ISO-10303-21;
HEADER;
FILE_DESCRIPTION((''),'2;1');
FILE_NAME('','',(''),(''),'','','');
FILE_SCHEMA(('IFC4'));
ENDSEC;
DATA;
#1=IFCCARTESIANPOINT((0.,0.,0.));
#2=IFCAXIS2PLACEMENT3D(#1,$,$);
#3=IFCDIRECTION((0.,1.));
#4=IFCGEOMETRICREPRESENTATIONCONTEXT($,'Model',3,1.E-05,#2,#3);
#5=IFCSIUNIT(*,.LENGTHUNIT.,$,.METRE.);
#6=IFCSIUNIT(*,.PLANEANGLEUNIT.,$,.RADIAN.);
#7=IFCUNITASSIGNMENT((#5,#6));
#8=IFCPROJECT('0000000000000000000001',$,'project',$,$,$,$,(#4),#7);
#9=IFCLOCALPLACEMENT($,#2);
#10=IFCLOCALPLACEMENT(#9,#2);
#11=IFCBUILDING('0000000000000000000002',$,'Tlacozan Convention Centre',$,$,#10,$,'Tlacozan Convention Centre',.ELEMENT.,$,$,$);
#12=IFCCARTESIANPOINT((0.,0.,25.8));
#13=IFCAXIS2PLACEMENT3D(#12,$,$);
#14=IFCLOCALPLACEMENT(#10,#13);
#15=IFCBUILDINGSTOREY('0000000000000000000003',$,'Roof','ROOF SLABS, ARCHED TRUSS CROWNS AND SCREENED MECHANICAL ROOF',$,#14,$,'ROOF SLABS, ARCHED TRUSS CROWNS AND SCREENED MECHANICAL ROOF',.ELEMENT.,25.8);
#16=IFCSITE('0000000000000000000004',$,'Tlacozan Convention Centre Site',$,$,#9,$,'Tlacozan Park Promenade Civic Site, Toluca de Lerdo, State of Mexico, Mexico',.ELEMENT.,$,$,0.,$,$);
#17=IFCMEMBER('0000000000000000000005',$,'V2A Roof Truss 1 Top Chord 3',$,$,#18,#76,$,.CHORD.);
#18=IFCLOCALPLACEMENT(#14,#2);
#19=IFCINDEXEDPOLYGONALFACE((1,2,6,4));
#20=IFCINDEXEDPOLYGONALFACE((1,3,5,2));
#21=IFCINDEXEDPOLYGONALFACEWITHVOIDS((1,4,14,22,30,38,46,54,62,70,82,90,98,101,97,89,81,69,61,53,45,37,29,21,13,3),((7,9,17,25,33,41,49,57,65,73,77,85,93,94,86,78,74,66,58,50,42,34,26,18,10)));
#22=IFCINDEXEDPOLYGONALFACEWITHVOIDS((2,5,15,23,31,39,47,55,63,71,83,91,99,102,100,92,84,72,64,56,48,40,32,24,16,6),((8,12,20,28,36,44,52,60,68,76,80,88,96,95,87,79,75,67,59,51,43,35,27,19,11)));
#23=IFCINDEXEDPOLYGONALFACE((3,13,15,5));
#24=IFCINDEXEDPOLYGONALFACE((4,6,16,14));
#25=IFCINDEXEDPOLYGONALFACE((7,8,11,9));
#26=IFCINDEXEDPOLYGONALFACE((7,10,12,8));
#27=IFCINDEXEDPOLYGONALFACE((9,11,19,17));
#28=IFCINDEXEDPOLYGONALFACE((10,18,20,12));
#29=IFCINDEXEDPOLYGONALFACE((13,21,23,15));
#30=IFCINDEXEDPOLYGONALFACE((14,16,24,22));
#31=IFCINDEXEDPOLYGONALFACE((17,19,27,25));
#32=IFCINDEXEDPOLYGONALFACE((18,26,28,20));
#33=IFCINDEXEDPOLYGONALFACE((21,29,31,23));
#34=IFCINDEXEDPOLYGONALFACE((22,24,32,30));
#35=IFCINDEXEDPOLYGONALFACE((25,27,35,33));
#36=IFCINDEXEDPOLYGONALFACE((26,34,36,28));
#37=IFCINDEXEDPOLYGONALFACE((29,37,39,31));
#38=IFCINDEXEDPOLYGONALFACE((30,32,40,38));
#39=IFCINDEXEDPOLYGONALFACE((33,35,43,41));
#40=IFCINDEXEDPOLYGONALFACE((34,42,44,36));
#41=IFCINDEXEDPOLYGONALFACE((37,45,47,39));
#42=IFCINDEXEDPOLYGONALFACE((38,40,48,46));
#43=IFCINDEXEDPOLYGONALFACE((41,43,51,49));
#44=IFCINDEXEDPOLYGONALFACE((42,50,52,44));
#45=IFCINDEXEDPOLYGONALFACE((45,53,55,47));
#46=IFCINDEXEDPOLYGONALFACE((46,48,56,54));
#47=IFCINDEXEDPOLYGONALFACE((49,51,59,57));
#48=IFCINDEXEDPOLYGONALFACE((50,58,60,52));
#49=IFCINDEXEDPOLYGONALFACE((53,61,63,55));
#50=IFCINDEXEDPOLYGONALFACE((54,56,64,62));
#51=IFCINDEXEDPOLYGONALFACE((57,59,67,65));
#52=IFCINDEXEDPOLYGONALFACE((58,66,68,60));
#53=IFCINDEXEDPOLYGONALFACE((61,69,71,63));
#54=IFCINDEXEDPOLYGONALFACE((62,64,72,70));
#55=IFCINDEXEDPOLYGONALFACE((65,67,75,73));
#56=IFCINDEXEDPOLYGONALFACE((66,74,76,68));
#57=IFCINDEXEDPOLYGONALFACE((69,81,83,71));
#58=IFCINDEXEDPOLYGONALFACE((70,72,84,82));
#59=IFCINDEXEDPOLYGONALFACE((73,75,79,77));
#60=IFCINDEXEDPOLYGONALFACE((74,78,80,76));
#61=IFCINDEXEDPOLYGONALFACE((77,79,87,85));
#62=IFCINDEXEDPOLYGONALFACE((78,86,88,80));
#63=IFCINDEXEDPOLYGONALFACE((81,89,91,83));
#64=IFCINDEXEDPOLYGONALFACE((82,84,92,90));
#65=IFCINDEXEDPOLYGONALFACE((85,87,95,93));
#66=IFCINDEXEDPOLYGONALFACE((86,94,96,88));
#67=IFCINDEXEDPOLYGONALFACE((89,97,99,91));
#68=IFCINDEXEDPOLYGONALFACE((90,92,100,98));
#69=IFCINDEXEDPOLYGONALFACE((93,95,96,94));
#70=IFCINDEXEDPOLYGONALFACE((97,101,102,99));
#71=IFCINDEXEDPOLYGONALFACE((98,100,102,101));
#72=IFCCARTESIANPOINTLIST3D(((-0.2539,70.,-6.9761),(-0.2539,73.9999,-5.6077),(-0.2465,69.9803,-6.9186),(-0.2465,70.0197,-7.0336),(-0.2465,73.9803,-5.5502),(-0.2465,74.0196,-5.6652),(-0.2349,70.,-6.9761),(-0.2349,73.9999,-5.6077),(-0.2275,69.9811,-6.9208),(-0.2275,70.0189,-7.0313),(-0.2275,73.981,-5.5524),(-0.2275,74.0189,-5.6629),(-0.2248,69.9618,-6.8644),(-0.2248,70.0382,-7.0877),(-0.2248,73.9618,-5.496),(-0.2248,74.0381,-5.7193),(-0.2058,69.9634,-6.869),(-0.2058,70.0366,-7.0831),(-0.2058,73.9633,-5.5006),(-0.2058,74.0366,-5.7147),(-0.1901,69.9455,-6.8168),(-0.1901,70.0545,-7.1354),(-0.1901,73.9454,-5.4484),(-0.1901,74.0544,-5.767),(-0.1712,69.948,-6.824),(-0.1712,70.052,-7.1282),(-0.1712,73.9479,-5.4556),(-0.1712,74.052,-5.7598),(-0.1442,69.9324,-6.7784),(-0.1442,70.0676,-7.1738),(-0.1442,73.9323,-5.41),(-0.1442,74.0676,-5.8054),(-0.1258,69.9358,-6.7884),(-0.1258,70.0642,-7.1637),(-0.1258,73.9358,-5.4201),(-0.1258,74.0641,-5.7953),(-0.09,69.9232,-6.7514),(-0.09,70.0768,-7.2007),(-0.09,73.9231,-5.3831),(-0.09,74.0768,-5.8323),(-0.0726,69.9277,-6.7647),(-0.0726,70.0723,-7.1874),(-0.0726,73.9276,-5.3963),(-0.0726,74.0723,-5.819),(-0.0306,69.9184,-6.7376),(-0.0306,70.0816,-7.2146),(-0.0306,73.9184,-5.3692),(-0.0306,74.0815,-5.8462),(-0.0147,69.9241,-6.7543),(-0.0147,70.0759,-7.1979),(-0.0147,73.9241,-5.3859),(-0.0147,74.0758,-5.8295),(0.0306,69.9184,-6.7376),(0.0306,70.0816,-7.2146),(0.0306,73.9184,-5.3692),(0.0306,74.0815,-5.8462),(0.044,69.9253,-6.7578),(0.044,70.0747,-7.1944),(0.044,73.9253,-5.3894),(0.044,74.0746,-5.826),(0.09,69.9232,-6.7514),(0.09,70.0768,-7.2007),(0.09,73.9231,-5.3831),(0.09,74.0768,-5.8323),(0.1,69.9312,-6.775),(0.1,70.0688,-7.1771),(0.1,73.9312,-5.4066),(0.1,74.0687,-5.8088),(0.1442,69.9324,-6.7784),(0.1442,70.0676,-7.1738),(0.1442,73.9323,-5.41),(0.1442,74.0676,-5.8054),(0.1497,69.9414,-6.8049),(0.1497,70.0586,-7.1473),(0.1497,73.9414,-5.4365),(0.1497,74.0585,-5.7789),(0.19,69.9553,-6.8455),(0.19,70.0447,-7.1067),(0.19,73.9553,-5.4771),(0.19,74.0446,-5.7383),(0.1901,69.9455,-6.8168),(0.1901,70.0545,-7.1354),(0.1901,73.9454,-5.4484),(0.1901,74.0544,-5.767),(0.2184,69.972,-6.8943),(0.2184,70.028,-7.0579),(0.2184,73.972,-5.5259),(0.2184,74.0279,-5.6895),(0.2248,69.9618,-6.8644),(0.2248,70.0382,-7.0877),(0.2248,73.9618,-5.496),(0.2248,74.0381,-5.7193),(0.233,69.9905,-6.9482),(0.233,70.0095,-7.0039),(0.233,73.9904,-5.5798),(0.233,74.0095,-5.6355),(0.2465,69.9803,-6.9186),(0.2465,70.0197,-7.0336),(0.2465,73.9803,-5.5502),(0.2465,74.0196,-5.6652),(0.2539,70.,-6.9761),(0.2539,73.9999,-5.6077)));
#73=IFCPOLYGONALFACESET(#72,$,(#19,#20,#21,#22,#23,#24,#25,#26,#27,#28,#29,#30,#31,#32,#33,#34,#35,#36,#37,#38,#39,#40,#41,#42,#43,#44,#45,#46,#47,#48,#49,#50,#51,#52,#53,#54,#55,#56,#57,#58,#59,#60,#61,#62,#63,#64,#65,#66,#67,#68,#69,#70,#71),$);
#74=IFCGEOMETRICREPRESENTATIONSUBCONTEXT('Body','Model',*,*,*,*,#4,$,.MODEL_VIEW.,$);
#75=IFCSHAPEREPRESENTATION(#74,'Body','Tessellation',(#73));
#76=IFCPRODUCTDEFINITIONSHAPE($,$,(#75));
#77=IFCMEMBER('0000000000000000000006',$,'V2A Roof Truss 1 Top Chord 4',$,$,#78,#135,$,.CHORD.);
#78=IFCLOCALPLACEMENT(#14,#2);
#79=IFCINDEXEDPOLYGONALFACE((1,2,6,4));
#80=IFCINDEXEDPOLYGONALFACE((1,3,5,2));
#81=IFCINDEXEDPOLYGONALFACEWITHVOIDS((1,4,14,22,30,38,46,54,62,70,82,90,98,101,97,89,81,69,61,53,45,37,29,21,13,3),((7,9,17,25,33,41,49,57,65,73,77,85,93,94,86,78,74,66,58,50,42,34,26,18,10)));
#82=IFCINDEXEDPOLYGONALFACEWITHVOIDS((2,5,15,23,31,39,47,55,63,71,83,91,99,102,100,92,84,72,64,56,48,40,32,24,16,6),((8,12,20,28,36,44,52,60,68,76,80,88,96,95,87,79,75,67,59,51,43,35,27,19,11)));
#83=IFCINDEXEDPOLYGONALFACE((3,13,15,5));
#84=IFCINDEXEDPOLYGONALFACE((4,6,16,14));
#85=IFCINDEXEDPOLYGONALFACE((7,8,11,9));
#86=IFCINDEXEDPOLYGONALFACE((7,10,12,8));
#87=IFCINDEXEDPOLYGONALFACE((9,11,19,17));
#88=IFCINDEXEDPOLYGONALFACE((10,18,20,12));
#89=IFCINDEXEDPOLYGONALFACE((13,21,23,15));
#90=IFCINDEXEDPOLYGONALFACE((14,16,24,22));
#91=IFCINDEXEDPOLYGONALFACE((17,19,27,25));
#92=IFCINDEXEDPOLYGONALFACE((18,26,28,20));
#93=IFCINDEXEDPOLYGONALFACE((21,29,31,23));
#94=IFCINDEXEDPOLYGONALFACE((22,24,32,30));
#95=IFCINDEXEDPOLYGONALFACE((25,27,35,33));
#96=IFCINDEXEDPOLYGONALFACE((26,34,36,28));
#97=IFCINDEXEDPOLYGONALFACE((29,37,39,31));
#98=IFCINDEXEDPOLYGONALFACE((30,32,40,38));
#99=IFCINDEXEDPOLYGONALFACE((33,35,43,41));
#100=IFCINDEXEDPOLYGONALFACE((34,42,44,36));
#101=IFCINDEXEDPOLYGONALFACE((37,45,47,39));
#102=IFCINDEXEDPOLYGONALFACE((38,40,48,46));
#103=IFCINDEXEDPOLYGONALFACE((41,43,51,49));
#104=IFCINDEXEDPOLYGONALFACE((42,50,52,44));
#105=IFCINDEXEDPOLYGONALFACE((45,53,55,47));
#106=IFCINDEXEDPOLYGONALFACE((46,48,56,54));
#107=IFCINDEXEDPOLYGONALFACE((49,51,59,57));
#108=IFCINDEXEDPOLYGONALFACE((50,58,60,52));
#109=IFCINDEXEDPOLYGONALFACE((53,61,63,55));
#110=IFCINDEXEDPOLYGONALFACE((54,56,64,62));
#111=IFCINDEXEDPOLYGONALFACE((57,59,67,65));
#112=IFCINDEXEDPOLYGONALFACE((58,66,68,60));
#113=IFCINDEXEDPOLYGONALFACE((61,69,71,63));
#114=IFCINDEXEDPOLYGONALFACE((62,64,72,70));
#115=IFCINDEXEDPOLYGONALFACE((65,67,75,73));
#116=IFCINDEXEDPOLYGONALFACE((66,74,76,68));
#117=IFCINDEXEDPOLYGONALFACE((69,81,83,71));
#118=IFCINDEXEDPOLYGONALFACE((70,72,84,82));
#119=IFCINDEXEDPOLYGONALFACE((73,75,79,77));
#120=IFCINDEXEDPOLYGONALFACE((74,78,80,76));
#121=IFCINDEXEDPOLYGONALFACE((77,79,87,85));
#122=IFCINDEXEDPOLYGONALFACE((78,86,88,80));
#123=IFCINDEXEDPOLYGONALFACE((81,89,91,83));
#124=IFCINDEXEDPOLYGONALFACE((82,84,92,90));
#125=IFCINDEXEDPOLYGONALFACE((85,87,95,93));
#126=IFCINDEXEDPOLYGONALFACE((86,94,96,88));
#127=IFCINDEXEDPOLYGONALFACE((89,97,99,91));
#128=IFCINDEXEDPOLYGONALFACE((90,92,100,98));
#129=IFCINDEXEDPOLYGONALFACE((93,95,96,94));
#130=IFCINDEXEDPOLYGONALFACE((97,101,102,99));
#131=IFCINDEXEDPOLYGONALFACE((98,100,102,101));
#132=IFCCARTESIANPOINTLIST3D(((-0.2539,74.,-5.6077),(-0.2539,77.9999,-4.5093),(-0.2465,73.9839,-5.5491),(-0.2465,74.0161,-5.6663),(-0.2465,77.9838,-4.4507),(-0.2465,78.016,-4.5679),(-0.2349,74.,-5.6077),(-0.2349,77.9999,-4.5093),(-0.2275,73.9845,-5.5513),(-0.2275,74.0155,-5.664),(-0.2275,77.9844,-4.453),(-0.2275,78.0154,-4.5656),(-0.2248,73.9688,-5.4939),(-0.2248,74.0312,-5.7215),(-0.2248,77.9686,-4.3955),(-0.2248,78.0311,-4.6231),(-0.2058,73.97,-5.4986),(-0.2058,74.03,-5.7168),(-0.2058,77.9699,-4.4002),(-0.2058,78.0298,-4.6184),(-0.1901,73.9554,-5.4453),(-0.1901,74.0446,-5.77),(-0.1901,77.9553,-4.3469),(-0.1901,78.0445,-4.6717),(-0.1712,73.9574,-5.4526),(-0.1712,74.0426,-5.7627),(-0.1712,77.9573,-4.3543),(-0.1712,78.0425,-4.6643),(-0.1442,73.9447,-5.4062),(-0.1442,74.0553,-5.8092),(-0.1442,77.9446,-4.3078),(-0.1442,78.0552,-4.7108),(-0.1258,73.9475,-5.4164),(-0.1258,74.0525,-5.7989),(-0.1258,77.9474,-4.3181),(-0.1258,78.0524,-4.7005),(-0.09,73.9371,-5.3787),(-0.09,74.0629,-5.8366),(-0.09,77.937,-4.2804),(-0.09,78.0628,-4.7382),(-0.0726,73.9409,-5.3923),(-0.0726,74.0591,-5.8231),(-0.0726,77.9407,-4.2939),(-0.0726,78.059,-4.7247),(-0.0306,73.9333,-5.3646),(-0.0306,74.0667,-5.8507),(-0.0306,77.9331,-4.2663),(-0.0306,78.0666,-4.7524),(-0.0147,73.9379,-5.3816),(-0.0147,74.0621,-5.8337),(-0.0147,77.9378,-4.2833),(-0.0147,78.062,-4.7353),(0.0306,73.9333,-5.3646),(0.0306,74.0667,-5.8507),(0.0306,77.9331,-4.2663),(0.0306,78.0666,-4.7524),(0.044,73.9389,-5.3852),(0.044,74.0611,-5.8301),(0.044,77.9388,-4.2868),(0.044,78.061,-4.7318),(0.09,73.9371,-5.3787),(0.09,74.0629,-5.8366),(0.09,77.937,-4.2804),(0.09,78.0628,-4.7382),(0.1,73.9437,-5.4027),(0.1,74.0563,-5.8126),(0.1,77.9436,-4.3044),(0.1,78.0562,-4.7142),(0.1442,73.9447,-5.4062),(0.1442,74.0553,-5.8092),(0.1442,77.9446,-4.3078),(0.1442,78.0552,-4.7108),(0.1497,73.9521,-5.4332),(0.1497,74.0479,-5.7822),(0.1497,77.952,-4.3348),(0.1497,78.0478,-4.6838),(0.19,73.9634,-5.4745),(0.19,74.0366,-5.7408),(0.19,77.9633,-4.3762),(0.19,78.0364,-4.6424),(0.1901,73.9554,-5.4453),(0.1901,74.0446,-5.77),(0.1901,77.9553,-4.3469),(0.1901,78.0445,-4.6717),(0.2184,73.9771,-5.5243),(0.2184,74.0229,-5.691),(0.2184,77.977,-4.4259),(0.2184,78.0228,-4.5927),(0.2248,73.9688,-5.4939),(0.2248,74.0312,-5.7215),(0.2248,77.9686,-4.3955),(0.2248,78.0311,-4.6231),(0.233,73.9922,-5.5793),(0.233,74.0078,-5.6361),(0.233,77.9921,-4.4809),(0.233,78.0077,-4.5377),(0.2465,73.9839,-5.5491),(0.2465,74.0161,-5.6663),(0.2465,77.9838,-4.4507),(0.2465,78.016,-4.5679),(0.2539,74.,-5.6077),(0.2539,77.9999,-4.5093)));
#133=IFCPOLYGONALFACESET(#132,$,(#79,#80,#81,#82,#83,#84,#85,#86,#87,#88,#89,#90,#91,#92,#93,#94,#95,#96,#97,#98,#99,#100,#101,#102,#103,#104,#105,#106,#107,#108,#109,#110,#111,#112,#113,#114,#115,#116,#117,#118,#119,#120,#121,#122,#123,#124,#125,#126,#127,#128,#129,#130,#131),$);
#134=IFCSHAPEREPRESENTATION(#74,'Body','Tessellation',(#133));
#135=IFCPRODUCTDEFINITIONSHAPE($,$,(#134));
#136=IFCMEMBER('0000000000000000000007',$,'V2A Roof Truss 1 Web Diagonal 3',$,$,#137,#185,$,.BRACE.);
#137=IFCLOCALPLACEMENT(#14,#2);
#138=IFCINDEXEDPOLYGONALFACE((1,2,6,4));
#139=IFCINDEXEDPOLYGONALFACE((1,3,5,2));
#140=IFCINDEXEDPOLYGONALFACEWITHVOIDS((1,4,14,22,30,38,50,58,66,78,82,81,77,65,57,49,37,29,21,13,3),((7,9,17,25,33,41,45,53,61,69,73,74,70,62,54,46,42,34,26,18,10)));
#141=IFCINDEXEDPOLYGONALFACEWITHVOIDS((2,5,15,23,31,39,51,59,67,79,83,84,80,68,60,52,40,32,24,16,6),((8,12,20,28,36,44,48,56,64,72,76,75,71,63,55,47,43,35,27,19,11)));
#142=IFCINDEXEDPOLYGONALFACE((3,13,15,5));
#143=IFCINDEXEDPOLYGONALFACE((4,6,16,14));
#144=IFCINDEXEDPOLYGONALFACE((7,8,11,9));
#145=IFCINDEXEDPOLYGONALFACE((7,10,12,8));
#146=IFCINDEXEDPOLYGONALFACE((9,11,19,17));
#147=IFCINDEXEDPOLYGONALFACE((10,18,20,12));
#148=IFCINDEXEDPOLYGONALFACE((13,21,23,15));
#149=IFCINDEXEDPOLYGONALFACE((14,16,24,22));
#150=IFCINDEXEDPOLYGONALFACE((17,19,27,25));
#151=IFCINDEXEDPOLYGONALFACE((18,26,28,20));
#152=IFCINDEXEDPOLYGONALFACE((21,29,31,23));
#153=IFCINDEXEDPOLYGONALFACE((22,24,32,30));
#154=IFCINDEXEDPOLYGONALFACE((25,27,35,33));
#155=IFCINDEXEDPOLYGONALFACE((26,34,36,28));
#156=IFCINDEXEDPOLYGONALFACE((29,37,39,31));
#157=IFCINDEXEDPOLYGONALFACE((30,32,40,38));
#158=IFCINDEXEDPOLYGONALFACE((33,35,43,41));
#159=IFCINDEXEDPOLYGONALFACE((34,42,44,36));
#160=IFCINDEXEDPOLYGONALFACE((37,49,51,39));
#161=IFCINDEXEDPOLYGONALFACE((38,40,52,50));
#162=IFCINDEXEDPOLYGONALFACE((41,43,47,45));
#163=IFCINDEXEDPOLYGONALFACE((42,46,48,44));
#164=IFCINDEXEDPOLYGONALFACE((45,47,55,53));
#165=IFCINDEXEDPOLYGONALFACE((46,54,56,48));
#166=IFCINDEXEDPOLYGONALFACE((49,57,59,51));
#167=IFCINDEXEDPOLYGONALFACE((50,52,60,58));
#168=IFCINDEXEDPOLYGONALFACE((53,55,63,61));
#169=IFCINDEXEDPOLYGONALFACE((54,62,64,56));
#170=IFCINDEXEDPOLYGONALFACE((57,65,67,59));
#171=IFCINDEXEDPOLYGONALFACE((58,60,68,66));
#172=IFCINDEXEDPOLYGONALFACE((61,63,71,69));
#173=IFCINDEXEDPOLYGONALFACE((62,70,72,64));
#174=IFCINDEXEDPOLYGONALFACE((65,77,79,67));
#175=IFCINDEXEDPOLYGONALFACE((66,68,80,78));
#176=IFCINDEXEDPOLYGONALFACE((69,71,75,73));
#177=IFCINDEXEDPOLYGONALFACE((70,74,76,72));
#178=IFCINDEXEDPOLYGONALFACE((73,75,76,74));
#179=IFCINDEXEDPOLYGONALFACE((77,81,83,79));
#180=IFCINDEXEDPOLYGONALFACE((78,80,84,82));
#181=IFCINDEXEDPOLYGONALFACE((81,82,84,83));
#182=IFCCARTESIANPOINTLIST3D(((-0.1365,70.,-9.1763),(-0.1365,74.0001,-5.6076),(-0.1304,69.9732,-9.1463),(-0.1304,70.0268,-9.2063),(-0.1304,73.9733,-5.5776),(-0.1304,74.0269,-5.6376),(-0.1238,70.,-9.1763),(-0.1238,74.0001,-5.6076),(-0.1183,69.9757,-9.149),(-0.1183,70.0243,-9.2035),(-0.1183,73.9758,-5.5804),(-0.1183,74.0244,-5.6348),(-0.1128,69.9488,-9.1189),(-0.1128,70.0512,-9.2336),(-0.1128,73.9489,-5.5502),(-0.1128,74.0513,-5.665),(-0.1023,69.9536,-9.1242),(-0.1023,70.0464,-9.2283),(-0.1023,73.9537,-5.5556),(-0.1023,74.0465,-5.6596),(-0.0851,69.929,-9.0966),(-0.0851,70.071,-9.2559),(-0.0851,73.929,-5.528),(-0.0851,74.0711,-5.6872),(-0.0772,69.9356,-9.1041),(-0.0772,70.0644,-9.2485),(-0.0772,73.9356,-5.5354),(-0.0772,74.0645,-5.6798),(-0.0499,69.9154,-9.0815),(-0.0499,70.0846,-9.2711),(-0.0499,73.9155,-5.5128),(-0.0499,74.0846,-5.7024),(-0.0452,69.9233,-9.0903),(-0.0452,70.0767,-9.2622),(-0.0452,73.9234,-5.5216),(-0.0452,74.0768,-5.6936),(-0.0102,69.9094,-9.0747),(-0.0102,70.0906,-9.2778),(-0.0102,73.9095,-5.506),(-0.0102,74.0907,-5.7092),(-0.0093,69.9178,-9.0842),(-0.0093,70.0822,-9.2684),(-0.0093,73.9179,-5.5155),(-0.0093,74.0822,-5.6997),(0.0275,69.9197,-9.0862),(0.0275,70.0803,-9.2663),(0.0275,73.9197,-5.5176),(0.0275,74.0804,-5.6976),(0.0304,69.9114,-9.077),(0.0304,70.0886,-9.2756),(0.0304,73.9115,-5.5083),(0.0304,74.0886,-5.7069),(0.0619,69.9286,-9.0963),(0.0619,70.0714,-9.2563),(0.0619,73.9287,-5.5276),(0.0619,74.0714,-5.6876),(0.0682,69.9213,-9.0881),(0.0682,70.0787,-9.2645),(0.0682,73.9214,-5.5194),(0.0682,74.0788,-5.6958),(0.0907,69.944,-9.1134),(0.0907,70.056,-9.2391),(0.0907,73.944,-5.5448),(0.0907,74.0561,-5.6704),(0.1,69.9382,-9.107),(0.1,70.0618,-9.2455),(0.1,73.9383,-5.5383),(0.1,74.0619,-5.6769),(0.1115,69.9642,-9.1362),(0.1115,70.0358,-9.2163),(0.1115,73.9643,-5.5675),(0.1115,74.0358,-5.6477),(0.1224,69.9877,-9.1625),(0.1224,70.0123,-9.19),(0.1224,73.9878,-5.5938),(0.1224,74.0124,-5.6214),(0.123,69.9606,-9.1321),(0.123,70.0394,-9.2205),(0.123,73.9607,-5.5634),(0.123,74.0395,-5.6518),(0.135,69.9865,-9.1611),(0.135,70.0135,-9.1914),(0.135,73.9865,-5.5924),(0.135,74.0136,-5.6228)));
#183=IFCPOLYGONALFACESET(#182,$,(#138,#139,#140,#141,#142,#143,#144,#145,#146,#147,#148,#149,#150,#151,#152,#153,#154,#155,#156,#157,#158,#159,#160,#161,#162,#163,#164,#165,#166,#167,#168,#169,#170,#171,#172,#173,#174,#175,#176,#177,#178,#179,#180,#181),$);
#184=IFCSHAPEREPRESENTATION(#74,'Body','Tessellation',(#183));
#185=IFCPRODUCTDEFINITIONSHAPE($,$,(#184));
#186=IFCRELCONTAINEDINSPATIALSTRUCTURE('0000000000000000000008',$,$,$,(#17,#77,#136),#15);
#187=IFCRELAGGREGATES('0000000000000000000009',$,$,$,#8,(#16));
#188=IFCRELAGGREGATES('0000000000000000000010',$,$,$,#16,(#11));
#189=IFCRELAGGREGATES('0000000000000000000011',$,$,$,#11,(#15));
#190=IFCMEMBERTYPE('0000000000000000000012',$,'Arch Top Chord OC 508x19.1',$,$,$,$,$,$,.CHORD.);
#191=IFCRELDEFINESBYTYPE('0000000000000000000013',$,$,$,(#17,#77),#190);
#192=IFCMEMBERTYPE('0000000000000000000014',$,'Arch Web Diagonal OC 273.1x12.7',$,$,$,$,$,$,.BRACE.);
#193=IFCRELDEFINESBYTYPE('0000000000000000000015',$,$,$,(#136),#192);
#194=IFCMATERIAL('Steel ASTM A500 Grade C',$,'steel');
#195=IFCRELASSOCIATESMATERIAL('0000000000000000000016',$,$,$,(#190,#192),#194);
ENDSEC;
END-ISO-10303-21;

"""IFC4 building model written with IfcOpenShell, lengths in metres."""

from ifc_helpers import new_model, si_unit, direction, frame, origin, origin_2d, place, context, subcontext, project, spatial, hollow_circle, extrude, material, material_profile, profile_set, type_object, element, save


model = new_model("IFC4")

# Units and contexts
model_context = context("Model", 3, precision=1e-05, world=origin(), true_north=direction((0.0, 1.0)))
body_context = subcontext(model_context, "Body", "Model", "MODEL_VIEW")
ifc_project = project(units=[si_unit("LENGTHUNIT", "METRE"), si_unit("PLANEANGLEUNIT", "RADIAN")], contexts=[model_context])

# Site, building, storey
site_placement = place(None, origin())
site = spatial("IfcSite", under=ifc_project, at=site_placement, Name="Tlacozan Convention Centre Site", LongName="Tlacozan Park Promenade Civic Site, Toluca de Lerdo, State of Mexico, Mexico", CompositionType="ELEMENT", RefElevation=0.0)
building_placement = place(site_placement, origin())
building = spatial("IfcBuilding", under=site, at=building_placement, Name="Tlacozan Convention Centre", LongName="Tlacozan Convention Centre", CompositionType="ELEMENT")
storey_placement = place(building_placement, frame((0.0, 0.0, 25.8)))
storey = spatial("IfcBuildingStorey", under=building, at=storey_placement, Name="Roof", Description="ROOF SLABS, ARCHED TRUSS CROWNS AND SCREENED MECHANICAL ROOF", LongName="ROOF SLABS, ARCHED TRUSS CROWNS AND SCREENED MECHANICAL ROOF", CompositionType="ELEMENT", Elevation=25.8)

# Members
ifc_material_1 = material(Name="Steel ASTM A500 Grade C", Category="steel")
ifc_material_profile_1 = material_profile(ifc_material_1, hollow_circle(Radius=0.2539, WallThickness=0.019, at=origin_2d()), Name="OC 508.0x19.1")
ifc_profile_set_1 = profile_set([ifc_material_profile_1], Name="Steel ASTM A500 Grade C")
member_type_1 = type_object("IfcMemberType", Name="Arch Top Chord OC 508x19.1", PredefinedType="CHORD", material=ifc_profile_set_1)
member_1_placement = place(storey_placement, frame((0.0, 70.0, -6.9761), z_axis=(0.0, 0.946165, 0.323685), x_axis=(-1.0, 0.0, 0.0)))
element("IfcMember", 1, at=member_1_placement, inside=storey, type_object=member_type_1, Name="V2A Roof Truss 1 Top Chord 3", PredefinedType="CHORD", context=body_context, shape_type="SweptSolid", body=[
    extrude(hollow_circle(Radius=0.2539, WallThickness=0.019, at=origin_2d()), origin(), (0.0, 0.0, 1.0), 4.2275),
])
member_2_placement = place(storey_placement, frame((0.0, 74.0, -5.6077), z_axis=(0.0, 0.964305, 0.264795), x_axis=(-1.0, 0.0, 0.0)))
element("IfcMember", 2, at=member_2_placement, inside=storey, type_object=member_type_1, Name="V2A Roof Truss 1 Top Chord 4", PredefinedType="CHORD", context=body_context, shape_type="SweptSolid", body=[
    extrude(hollow_circle(Radius=0.2539, WallThickness=0.019, at=origin_2d()), origin(), (0.0, 0.0, 1.0), 4.1479),
])
ifc_material_profile_2 = material_profile(ifc_material_1, hollow_circle(Radius=0.1365, WallThickness=0.0127, at=origin_2d()), Name="OC 273.1x12.7")
ifc_profile_set_2 = profile_set([ifc_material_profile_2], Name="Steel ASTM A500 Grade C")
member_type_2 = type_object("IfcMemberType", Name="Arch Web Diagonal OC 273.1x12.7", PredefinedType="BRACE", material=ifc_profile_set_2)
member_3_placement = place(storey_placement, frame((0.0, 70.0, -9.1763), z_axis=(0.0, 0.746199, 0.665722), x_axis=(-1.0, 0.0, 0.0)))
element("IfcMember", 3, at=member_3_placement, inside=storey, type_object=member_type_2, Name="V2A Roof Truss 1 Web Diagonal 3", PredefinedType="BRACE", context=body_context, shape_type="SweptSolid", body=[
    extrude(hollow_circle(Radius=0.1365, WallThickness=0.0127, at=origin_2d()), origin(), (0.0, 0.0, 1.0), 5.3606),
])

save(model, "model.ifc")
